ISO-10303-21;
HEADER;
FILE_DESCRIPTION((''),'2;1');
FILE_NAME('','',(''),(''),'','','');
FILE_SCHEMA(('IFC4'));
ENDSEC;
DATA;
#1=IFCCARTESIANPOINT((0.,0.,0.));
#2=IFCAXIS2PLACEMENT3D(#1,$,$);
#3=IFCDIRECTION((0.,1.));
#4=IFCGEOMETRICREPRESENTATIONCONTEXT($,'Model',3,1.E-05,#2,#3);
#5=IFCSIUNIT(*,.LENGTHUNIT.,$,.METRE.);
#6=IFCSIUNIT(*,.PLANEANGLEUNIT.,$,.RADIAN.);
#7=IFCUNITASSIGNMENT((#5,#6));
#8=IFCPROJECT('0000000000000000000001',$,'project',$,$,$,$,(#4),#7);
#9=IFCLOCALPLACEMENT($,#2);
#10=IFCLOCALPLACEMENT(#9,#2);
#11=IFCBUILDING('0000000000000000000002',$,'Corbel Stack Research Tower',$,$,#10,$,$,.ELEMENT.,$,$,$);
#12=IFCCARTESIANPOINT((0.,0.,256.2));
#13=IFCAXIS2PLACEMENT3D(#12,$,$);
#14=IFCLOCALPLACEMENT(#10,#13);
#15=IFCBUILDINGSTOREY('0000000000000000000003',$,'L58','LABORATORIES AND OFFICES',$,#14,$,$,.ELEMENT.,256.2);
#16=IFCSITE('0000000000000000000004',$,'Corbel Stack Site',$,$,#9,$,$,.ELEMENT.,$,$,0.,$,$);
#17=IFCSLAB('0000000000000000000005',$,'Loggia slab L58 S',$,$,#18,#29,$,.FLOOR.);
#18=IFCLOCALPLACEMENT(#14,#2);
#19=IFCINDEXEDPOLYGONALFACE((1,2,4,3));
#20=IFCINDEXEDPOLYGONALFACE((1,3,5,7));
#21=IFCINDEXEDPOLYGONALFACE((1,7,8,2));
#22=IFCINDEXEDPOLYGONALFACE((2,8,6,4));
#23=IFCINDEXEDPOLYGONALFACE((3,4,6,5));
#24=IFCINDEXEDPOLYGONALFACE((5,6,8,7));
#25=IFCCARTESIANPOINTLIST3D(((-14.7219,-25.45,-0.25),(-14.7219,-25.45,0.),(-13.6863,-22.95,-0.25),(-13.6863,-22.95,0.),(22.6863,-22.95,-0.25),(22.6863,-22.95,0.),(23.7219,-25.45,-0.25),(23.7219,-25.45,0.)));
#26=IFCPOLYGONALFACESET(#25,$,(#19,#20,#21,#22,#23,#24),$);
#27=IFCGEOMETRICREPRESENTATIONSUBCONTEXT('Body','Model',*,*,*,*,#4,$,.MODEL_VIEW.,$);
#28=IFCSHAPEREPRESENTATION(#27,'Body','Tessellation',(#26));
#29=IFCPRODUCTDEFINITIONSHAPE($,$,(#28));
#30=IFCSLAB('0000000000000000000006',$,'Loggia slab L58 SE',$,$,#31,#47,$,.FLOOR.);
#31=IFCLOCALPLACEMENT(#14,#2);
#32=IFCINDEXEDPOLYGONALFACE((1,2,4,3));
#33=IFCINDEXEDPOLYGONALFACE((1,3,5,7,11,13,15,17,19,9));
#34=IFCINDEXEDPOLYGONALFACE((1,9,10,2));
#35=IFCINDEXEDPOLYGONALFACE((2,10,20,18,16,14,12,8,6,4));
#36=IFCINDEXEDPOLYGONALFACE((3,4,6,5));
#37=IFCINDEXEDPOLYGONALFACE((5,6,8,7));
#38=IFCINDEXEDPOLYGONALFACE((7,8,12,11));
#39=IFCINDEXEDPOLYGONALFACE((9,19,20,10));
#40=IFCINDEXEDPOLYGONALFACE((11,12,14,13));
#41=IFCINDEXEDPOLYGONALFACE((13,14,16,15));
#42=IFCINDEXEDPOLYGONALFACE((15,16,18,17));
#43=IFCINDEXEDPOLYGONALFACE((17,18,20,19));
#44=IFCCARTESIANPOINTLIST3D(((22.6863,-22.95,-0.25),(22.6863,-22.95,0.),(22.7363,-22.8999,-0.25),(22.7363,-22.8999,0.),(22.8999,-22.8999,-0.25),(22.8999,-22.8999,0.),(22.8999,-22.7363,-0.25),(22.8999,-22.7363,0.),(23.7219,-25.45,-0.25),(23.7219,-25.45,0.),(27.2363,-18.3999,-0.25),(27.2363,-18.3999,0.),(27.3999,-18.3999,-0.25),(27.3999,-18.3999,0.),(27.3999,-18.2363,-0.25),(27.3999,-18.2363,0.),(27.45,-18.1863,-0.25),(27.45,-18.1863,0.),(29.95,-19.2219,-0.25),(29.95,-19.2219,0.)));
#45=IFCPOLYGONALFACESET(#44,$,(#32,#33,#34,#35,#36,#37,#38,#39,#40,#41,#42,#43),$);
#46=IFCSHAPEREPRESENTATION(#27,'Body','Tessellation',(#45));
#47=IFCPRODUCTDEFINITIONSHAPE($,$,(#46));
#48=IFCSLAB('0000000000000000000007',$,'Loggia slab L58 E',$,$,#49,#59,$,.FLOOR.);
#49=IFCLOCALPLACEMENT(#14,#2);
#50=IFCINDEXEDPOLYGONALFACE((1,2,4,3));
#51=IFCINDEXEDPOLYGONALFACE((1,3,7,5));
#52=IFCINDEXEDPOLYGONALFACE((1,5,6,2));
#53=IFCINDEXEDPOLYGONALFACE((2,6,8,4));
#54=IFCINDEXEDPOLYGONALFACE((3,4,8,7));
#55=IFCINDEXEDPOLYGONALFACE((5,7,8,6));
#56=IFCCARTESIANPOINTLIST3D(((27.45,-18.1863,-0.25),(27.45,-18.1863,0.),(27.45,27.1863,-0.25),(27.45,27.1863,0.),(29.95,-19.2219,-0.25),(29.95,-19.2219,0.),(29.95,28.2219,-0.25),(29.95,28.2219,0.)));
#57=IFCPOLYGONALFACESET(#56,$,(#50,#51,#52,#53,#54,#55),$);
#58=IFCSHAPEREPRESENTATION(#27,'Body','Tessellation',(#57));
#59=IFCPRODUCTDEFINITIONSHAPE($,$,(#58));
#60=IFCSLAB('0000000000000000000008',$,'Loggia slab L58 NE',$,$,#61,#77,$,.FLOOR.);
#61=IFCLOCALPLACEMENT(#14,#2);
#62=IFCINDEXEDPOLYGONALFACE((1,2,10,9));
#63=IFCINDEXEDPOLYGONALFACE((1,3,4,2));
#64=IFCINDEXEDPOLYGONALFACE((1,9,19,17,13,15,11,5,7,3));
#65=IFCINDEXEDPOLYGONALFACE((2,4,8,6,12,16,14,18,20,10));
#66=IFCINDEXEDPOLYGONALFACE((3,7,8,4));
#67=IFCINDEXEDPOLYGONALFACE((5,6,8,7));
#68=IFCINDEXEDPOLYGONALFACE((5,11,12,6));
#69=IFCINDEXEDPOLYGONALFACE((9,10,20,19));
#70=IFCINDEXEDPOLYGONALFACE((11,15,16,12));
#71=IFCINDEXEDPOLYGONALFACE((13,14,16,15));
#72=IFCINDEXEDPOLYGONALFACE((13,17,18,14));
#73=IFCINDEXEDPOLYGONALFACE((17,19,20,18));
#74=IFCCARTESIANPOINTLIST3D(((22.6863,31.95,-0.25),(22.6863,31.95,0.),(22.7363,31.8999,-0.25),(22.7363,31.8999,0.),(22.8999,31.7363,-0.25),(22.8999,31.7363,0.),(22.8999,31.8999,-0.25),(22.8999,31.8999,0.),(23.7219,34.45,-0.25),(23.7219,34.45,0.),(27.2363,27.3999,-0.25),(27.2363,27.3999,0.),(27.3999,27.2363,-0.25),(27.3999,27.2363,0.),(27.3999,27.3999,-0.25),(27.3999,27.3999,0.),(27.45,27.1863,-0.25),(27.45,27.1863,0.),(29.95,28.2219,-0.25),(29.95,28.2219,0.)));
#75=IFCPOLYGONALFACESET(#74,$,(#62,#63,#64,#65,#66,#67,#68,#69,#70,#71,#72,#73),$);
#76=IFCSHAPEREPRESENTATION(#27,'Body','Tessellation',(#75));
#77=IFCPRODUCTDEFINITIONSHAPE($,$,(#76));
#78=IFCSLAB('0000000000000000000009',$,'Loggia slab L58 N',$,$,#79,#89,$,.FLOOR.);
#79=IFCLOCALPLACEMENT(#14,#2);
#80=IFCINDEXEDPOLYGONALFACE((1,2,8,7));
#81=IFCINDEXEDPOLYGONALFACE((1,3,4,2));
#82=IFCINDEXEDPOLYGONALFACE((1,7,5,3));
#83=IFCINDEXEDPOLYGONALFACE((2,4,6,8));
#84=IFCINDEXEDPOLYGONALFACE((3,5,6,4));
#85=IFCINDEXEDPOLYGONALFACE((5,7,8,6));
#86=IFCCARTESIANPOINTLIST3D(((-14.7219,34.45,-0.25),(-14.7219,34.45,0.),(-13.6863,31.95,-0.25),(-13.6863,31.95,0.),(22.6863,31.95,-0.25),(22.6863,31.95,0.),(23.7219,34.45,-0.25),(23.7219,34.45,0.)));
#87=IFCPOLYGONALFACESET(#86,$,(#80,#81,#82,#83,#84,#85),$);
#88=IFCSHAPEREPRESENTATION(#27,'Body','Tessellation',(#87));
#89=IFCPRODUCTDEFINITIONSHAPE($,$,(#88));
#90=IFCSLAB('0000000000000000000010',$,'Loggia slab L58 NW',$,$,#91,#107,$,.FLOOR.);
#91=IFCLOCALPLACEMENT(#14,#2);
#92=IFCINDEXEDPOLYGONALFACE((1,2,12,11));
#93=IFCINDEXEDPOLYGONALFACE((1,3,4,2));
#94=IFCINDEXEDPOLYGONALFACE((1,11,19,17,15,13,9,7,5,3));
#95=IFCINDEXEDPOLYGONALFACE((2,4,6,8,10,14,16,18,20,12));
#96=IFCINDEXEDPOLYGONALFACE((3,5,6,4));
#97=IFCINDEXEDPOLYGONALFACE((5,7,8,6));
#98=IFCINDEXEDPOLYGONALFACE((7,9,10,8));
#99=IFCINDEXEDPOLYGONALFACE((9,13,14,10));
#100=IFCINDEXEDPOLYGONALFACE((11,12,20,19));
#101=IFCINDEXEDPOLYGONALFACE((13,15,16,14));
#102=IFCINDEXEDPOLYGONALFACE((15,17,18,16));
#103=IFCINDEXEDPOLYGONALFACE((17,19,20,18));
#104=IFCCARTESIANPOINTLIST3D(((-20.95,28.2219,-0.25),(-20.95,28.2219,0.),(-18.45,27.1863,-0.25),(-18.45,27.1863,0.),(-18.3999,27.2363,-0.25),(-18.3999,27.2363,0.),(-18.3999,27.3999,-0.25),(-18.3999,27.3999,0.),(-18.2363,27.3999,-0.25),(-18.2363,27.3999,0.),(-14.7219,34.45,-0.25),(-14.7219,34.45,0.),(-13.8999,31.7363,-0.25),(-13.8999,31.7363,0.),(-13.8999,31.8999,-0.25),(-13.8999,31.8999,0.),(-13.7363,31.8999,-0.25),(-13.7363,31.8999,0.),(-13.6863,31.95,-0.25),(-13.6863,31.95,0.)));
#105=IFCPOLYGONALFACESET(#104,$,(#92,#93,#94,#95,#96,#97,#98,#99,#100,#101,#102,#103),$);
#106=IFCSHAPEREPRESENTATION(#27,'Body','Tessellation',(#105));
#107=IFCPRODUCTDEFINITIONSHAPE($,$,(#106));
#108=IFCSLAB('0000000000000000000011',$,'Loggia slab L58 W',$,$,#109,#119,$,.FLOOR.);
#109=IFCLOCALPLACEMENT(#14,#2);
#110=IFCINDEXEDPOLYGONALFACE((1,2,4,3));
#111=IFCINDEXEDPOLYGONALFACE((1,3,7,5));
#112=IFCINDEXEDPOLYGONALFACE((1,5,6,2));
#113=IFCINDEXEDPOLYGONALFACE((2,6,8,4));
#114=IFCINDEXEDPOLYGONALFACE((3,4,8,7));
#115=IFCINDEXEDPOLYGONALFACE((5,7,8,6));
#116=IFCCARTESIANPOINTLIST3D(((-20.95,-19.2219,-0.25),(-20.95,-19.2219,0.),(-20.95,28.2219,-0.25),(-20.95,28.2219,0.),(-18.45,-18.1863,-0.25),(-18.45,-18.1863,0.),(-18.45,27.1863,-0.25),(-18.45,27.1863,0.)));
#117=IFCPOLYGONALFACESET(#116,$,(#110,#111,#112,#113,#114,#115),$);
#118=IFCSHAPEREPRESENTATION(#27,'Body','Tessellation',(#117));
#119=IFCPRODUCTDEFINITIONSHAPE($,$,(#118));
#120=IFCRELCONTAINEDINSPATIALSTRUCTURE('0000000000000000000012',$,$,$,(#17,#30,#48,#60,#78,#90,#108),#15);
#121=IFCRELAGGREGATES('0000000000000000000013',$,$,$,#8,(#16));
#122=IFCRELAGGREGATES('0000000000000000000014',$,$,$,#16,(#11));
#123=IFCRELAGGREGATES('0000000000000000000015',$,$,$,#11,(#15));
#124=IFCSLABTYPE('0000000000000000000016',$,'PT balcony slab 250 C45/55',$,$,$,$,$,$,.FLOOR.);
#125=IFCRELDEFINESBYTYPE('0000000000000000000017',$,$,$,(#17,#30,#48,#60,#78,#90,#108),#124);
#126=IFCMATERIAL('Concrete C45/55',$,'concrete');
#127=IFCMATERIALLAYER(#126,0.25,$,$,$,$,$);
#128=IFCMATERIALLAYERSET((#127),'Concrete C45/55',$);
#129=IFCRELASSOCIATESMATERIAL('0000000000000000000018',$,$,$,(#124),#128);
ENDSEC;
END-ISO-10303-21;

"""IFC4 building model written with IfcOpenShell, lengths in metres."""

from ifc_helpers import new_model, si_unit, direction, frame, origin, place, context, subcontext, project, spatial, polyline, outline, extrude, material, layer, layer_set, type_object, element, save


model = new_model("IFC4")

# Units and contexts
model_context = context("Model", 3, precision=1e-05, world=origin(), true_north=direction((0.0, 1.0)))
body_context = subcontext(model_context, "Body", "Model", "MODEL_VIEW")
ifc_project = project(units=[si_unit("LENGTHUNIT", "METRE"), si_unit("PLANEANGLEUNIT", "RADIAN")], contexts=[model_context])

# Site, building, storey
site_placement = place(None, origin())
site = spatial("IfcSite", under=ifc_project, at=site_placement, Name="Corbel Stack Site", CompositionType="ELEMENT", RefElevation=0.0)
building_placement = place(site_placement, origin())
building = spatial("IfcBuilding", under=site, at=building_placement, Name="Corbel Stack Research Tower", CompositionType="ELEMENT")
storey_placement = place(building_placement, frame((0.0, 0.0, 256.2)))
storey = spatial("IfcBuildingStorey", under=building, at=storey_placement, Name="L58", Description="LABORATORIES AND OFFICES", CompositionType="ELEMENT", Elevation=256.2)

# Slabs
ifc_material_1 = material(Name="Concrete C45/55", Category="concrete")
ifc_layer_1 = layer(ifc_material_1, 0.25)
ifc_layer_set_1 = layer_set([ifc_layer_1], Name="Concrete C45/55")
slab_type_1 = type_object("IfcSlabType", Name="PT balcony slab 250 C45/55", PredefinedType="FLOOR", material=ifc_layer_set_1)
slab_1_placement = place(storey_placement, frame((0.0, 0.0, -0.25)))
element("IfcSlab", 1, at=slab_1_placement, inside=storey, type_object=slab_type_1, Name="Loggia slab L58 S", PredefinedType="FLOOR", context=body_context, shape_type="SweptSolid", body=[
    extrude(outline(polyline([(22.6863, -22.95), (-13.6863, -22.95), (-14.7219, -25.45), (23.7219, -25.45), (22.6863, -22.95)])), origin(), (0.0, 0.0, 1.0), 0.25),
])
slab_2_placement = place(storey_placement, frame((0.0, 0.0, -0.25)))
element("IfcSlab", 2, at=slab_2_placement, inside=storey, type_object=slab_type_1, Name="Loggia slab L58 SE", PredefinedType="FLOOR", context=body_context, shape_type="SweptSolid", body=[
    extrude(outline(polyline([(27.45, -18.1863), (27.3999, -18.2363), (27.3999, -18.3999), (27.2363, -18.3999), (22.8999, -22.7363), (22.8999, -22.8999), (22.7363, -22.8999), (22.6863, -22.95), (23.7219, -25.45), (29.95, -19.2219), (27.45, -18.1863)])), origin(), (0.0, 0.0, 1.0), 0.25),
])
slab_3_placement = place(storey_placement, frame((0.0, 0.0, -0.25)))
element("IfcSlab", 3, at=slab_3_placement, inside=storey, type_object=slab_type_1, Name="Loggia slab L58 E", PredefinedType="FLOOR", context=body_context, shape_type="SweptSolid", body=[
    extrude(outline(polyline([(27.45, 27.1863), (27.45, -18.1863), (29.95, -19.2219), (29.95, 28.2219), (27.45, 27.1863)])), origin(), (0.0, 0.0, 1.0), 0.25),
])
slab_4_placement = place(storey_placement, frame((0.0, 0.0, -0.25)))
element("IfcSlab", 4, at=slab_4_placement, inside=storey, type_object=slab_type_1, Name="Loggia slab L58 NE", PredefinedType="FLOOR", context=body_context, shape_type="SweptSolid", body=[
    extrude(outline(polyline([(22.6863, 31.95), (22.7363, 31.8999), (22.8999, 31.8999), (22.8999, 31.7363), (27.2363, 27.3999), (27.3999, 27.3999), (27.3999, 27.2363), (27.45, 27.1863), (29.95, 28.2219), (23.7219, 34.45), (22.6863, 31.95)])), origin(), (0.0, 0.0, 1.0), 0.25),
])
slab_5_placement = place(storey_placement, frame((0.0, 0.0, -0.25)))
element("IfcSlab", 5, at=slab_5_placement, inside=storey, type_object=slab_type_1, Name="Loggia slab L58 N", PredefinedType="FLOOR", context=body_context, shape_type="SweptSolid", body=[
    extrude(outline(polyline([(-13.6863, 31.95), (22.6863, 31.95), (23.7219, 34.45), (-14.7219, 34.45), (-13.6863, 31.95)])), origin(), (0.0, 0.0, 1.0), 0.25),
])
slab_6_placement = place(storey_placement, frame((0.0, 0.0, -0.25)))
element("IfcSlab", 6, at=slab_6_placement, inside=storey, type_object=slab_type_1, Name="Loggia slab L58 NW", PredefinedType="FLOOR", context=body_context, shape_type="SweptSolid", body=[
    extrude(outline(polyline([(-18.45, 27.1863), (-18.3999, 27.2363), (-18.3999, 27.3999), (-18.2363, 27.3999), (-13.8999, 31.7363), (-13.8999, 31.8999), (-13.7363, 31.8999), (-13.6863, 31.95), (-14.7219, 34.45), (-20.95, 28.2219), (-18.45, 27.1863)])), origin(), (0.0, 0.0, 1.0), 0.25),
])
slab_7_placement = place(storey_placement, frame((0.0, 0.0, -0.25)))
element("IfcSlab", 7, at=slab_7_placement, inside=storey, type_object=slab_type_1, Name="Loggia slab L58 W", PredefinedType="FLOOR", context=body_context, shape_type="SweptSolid", body=[
    extrude(outline(polyline([(-18.45, -18.1863), (-18.45, 27.1863), (-20.95, 28.2219), (-20.95, -19.2219), (-18.45, -18.1863)])), origin(), (0.0, 0.0, 1.0), 0.25),
])

save(model, "model.ifc")
